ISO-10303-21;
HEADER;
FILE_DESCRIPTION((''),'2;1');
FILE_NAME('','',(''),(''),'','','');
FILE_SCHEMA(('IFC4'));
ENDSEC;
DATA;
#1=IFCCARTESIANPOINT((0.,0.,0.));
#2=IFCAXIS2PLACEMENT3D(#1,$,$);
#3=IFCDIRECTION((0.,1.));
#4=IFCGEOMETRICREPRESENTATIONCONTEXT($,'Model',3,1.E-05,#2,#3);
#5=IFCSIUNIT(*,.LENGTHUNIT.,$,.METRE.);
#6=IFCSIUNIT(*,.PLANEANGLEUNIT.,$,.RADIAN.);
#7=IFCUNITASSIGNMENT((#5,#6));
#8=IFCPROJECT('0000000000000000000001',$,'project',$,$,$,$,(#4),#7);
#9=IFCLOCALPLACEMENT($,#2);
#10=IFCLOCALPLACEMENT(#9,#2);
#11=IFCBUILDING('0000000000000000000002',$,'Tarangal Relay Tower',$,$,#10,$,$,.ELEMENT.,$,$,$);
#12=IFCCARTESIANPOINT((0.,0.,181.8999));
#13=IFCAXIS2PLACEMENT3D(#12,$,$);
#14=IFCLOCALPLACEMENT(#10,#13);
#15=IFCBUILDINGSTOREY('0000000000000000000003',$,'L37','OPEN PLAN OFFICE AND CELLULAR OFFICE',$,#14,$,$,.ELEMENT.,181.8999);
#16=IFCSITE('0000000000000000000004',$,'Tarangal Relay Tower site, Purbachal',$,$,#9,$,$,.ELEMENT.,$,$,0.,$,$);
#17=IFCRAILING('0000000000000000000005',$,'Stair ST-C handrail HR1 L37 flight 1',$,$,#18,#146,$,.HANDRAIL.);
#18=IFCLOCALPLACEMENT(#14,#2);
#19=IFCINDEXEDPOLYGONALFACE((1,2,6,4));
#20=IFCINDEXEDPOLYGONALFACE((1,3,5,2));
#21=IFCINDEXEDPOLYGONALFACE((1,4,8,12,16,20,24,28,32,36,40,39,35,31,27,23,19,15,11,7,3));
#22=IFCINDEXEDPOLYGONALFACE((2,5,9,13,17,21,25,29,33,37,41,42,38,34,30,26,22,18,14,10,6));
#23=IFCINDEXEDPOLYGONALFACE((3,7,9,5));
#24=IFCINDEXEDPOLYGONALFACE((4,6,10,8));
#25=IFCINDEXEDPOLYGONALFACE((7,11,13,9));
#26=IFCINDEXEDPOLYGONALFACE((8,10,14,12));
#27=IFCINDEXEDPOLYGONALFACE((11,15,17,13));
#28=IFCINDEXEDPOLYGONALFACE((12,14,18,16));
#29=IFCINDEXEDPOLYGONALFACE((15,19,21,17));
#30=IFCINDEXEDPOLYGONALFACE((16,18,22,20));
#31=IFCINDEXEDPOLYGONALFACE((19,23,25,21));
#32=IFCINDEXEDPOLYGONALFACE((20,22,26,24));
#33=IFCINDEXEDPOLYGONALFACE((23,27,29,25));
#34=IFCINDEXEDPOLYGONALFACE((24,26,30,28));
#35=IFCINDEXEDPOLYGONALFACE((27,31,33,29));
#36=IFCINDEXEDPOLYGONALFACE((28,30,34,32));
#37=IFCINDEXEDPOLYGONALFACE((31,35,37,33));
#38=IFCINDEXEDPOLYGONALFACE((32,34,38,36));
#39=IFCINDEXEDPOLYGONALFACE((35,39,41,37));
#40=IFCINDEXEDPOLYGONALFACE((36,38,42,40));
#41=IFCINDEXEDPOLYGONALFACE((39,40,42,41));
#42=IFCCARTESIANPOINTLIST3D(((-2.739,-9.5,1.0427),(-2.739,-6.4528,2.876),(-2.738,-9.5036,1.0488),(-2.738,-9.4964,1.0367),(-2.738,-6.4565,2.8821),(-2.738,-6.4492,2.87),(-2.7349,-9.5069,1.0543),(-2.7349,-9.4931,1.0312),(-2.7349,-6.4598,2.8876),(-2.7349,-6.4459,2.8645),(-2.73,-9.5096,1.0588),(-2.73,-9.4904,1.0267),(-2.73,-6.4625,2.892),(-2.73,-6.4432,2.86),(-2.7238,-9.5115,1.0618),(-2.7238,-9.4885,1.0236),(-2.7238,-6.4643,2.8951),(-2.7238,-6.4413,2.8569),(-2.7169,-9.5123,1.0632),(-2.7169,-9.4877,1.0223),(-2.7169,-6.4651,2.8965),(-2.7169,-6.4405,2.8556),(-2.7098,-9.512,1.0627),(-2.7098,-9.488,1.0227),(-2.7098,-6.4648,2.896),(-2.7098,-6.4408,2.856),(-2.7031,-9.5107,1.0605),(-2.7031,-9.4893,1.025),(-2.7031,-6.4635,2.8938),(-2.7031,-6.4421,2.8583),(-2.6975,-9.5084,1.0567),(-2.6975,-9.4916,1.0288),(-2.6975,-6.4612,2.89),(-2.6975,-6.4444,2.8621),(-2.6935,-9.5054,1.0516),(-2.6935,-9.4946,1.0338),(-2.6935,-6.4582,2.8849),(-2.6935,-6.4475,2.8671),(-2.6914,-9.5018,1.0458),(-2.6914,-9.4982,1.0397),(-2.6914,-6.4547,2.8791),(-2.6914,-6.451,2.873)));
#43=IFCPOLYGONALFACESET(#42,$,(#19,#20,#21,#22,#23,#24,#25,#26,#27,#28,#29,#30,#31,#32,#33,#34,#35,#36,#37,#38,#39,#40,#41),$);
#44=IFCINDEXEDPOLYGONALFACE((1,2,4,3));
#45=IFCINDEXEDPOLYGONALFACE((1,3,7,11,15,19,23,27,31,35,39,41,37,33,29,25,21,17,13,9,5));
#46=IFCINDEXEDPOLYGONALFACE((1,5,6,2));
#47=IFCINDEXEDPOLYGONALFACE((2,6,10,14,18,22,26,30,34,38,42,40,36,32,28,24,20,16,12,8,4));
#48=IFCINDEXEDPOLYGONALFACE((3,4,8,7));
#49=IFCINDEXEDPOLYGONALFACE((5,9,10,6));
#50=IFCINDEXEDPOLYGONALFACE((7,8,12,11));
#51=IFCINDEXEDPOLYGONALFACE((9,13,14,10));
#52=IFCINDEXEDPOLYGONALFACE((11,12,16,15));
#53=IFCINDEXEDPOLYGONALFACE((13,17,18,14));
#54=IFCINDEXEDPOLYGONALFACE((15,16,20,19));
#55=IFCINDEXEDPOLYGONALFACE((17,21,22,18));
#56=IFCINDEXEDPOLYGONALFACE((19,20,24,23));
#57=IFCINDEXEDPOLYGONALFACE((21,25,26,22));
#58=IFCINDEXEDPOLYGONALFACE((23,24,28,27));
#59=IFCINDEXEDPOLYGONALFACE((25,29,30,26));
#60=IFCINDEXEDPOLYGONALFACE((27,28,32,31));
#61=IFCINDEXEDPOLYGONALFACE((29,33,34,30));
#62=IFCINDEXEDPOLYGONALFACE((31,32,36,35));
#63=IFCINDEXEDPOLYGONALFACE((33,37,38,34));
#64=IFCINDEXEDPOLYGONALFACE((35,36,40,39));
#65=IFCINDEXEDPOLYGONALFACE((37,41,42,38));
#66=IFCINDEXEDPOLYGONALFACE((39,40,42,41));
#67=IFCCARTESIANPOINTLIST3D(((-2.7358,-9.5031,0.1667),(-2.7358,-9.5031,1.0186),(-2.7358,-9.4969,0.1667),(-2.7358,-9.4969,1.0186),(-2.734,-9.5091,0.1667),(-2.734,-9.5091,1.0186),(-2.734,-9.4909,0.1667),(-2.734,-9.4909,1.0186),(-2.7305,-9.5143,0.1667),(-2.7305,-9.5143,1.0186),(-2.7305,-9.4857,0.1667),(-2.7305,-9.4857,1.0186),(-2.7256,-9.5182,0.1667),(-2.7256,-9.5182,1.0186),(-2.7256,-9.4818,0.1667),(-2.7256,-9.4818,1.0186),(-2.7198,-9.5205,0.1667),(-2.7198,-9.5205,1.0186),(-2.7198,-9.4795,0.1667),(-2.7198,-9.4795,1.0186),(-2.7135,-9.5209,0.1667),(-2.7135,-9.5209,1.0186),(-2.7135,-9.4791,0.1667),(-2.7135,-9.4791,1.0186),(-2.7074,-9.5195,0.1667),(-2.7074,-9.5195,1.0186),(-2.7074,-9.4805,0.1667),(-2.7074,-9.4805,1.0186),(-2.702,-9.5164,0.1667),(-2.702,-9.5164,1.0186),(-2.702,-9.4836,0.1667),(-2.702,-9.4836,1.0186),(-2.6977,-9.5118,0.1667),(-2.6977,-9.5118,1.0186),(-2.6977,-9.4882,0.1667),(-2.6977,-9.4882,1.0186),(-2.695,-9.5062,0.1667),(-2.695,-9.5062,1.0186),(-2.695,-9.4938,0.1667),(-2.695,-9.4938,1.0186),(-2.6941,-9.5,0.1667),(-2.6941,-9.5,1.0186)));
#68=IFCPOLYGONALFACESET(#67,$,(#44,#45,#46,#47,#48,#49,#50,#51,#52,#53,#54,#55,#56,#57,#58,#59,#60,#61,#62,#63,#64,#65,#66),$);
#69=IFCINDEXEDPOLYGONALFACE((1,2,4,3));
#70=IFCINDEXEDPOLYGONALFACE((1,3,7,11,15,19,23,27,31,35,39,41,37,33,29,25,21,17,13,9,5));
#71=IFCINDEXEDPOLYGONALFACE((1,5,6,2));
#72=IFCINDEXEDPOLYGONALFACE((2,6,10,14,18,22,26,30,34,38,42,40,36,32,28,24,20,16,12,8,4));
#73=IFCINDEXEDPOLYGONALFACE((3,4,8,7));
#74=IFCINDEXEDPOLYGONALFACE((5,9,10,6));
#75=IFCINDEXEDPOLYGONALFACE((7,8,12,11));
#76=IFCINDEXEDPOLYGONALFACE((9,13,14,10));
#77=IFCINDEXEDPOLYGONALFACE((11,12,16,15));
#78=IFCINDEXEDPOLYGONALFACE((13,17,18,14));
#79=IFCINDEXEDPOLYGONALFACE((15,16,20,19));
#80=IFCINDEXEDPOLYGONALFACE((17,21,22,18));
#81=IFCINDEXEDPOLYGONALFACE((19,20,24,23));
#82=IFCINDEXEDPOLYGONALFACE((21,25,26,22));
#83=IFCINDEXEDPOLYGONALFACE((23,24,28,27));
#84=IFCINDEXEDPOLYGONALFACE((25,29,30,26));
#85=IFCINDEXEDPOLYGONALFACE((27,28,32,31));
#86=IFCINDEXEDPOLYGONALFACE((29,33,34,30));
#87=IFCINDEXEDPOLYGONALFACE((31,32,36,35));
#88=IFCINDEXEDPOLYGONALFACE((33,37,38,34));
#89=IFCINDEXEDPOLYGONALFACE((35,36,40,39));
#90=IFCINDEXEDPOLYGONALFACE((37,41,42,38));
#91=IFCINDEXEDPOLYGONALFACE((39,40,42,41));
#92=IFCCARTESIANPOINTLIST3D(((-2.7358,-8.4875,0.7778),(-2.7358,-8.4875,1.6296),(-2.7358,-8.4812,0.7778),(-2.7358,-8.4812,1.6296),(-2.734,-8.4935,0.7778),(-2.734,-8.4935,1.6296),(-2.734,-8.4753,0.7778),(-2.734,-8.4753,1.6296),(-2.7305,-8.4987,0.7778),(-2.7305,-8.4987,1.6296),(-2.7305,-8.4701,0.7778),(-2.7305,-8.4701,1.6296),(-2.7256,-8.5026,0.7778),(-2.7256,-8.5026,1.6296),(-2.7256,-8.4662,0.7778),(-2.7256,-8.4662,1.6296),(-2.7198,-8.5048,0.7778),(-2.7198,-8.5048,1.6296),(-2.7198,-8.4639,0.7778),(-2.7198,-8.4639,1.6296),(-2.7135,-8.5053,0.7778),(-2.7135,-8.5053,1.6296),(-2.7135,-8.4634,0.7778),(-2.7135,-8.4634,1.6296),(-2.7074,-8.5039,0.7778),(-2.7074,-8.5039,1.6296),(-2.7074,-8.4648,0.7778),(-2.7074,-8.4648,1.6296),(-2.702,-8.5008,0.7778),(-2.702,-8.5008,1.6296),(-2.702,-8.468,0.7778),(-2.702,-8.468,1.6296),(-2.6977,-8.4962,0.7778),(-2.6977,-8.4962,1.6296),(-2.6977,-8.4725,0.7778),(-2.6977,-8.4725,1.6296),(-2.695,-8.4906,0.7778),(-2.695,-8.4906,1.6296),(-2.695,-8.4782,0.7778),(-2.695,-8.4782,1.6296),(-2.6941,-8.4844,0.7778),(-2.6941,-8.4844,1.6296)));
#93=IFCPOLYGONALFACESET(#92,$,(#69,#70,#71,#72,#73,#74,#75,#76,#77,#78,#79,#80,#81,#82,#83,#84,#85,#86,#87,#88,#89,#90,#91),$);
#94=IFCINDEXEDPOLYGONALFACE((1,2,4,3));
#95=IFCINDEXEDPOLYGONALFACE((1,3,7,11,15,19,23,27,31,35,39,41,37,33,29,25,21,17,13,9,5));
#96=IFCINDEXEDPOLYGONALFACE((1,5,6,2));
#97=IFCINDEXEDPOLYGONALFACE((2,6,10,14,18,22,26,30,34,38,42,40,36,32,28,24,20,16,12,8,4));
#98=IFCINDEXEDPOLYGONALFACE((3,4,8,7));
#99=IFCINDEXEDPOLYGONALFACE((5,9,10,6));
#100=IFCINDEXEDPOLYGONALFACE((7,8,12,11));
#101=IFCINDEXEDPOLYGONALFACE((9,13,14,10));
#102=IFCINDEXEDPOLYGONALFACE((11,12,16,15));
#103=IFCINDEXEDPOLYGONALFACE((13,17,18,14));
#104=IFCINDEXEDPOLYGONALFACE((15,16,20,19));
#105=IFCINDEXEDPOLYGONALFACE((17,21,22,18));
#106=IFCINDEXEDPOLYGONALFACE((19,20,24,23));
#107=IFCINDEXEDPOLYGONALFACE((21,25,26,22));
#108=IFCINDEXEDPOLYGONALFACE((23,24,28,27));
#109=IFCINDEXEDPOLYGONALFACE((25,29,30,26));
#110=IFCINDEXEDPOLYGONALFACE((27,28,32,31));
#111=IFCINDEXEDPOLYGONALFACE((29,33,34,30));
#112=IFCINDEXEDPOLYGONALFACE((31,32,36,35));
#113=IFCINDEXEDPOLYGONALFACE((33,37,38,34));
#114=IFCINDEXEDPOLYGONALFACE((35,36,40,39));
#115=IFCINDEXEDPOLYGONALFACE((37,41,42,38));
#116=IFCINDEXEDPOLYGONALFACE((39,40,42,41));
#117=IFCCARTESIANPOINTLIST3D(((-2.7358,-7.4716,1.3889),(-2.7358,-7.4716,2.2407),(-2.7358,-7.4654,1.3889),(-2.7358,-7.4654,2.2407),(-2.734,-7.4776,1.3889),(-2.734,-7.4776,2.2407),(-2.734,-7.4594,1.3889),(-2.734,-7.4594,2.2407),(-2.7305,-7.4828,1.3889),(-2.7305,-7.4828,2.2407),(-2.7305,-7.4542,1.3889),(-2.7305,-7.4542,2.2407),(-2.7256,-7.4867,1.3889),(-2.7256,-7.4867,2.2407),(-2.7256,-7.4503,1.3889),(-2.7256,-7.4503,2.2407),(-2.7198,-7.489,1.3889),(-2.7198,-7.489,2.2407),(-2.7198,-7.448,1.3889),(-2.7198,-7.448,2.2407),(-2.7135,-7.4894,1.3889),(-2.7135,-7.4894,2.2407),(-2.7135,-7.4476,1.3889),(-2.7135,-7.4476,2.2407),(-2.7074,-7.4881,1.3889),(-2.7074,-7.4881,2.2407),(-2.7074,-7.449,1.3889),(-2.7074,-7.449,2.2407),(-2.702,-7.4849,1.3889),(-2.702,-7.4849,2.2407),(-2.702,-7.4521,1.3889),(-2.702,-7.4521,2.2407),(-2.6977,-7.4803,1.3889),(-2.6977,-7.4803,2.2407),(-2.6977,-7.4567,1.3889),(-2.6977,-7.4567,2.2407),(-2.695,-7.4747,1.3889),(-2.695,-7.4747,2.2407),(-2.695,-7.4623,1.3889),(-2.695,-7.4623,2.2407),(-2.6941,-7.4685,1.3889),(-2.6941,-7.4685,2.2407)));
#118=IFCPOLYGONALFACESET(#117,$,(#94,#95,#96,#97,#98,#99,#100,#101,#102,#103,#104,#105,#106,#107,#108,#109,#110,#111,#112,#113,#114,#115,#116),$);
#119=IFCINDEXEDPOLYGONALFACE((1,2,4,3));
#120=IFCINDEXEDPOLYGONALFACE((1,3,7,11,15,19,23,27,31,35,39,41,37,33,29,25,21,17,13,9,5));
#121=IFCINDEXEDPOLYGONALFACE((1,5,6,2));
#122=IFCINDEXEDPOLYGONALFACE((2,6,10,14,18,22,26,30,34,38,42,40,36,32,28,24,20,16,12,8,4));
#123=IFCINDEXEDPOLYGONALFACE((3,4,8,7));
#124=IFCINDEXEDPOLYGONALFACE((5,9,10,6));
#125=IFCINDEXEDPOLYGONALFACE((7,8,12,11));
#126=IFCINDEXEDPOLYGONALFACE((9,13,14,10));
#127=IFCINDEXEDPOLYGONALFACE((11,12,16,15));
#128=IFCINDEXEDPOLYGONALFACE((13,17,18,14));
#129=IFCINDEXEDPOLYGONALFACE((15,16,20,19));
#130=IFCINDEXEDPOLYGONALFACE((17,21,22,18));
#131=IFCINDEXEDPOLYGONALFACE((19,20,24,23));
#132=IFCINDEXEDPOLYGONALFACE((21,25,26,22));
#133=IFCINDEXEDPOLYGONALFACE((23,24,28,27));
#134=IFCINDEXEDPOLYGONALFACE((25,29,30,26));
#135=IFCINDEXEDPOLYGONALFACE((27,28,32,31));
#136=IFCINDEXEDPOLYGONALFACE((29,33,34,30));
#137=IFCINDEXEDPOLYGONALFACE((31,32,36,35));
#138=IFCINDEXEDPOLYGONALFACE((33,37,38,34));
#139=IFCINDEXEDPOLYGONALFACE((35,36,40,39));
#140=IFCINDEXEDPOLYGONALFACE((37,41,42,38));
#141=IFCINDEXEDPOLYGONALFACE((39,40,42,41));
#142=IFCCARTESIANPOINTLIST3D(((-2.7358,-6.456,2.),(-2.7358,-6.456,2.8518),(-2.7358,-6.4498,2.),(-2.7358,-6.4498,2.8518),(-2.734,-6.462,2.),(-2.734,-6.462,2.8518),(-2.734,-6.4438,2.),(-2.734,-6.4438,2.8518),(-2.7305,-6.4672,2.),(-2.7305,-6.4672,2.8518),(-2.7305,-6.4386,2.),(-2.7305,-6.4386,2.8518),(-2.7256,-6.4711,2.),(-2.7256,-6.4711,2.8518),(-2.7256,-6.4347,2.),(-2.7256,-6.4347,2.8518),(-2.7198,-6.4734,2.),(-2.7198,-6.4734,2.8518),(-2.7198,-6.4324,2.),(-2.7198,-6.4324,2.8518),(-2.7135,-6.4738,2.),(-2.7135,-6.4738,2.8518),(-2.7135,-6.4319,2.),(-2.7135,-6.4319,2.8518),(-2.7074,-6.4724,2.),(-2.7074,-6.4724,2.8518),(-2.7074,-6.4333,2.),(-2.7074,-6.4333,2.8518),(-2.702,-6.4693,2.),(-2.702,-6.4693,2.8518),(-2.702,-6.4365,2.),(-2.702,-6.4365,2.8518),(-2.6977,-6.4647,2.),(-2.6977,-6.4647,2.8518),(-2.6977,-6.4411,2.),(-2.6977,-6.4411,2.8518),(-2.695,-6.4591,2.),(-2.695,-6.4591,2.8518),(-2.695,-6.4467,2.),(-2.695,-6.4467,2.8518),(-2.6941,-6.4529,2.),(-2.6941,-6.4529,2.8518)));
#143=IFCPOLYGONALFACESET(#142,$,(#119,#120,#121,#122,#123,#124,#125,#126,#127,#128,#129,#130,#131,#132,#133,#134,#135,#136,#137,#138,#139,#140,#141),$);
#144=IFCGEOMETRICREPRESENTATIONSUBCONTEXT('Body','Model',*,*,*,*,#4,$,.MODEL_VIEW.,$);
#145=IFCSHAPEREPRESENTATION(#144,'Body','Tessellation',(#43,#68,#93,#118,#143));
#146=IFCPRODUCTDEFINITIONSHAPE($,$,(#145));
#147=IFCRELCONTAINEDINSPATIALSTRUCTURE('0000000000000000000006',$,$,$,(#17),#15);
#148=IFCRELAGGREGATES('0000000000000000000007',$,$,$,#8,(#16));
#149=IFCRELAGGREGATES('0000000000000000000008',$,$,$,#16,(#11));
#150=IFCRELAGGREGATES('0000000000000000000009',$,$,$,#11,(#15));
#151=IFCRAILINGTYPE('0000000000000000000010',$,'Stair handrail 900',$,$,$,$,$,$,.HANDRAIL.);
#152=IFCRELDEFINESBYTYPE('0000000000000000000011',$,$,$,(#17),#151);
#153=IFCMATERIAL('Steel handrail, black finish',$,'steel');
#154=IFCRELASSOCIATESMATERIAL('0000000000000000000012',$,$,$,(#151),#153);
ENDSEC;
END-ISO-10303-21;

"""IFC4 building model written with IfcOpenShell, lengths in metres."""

from ifc_helpers import new_model, si_unit, direction, frame, origin, origin_2d, place, context, subcontext, project, spatial, circle, extrude, material, type_object, element, save


model = new_model("IFC4")

# Units and contexts
model_context = context("Model", 3, precision=1e-05, world=origin(), true_north=direction((0.0, 1.0)))
body_context = subcontext(model_context, "Body", "Model", "MODEL_VIEW")
ifc_project = project(units=[si_unit("LENGTHUNIT", "METRE"), si_unit("PLANEANGLEUNIT", "RADIAN")], contexts=[model_context])

# Site, building, storey
site_placement = place(None, origin())
site = spatial("IfcSite", under=ifc_project, at=site_placement, Name="Tarangal Relay Tower site, Purbachal", CompositionType="ELEMENT", RefElevation=0.0)
building_placement = place(site_placement, origin())
building = spatial("IfcBuilding", under=site, at=building_placement, Name="Tarangal Relay Tower", CompositionType="ELEMENT")
storey_placement = place(building_placement, frame((0.0, 0.0, 181.8999)))
storey = spatial("IfcBuildingStorey", under=building, at=storey_placement, Name="L37", Description="OPEN PLAN OFFICE AND CELLULAR OFFICE", CompositionType="ELEMENT", Elevation=181.8999)

# Railing
ifc_material_1 = material(Name="Steel handrail, black finish", Category="steel")
railing_type_1 = type_object("IfcRailingType", Name="Stair handrail 900", PredefinedType="HANDRAIL", material=ifc_material_1)
railing_1_placement = place(storey_placement, frame((-2.7151, -9.5, 0.1667)))
element("IfcRailing", 1, at=railing_1_placement, inside=storey, type_object=railing_type_1, Name="Stair ST-C handrail HR1 L37 flight 1", PredefinedType="HANDRAIL", context=body_context, shape_type="SweptSolid", body=[
    extrude(circle(Radius=0.0239, at=origin_2d()), frame((0.0, 0.0, 0.876), z_axis=(0.0, 0.856874, 0.515525), x_axis=(-1.0, 0.0, 0.0)), (0.0, 0.0, 1.0), 3.5562),
    extrude(circle(Radius=0.021, at=origin_2d()), origin(), (0.0, 0.0, 1.0), 0.8518),
    extrude(circle(Radius=0.021, at=origin_2d()), frame((0.0, 1.0156, 0.6111)), (0.0, 0.0, 1.0), 0.8518),
    extrude(circle(Radius=0.021, at=origin_2d()), frame((0.0, 2.0315, 1.2222)), (0.0, 0.0, 1.0), 0.8518),
    extrude(circle(Radius=0.021, at=origin_2d()), frame((0.0, 3.0471, 1.8333)), (0.0, 0.0, 1.0), 0.8518),
])

save(model, "model.ifc")
